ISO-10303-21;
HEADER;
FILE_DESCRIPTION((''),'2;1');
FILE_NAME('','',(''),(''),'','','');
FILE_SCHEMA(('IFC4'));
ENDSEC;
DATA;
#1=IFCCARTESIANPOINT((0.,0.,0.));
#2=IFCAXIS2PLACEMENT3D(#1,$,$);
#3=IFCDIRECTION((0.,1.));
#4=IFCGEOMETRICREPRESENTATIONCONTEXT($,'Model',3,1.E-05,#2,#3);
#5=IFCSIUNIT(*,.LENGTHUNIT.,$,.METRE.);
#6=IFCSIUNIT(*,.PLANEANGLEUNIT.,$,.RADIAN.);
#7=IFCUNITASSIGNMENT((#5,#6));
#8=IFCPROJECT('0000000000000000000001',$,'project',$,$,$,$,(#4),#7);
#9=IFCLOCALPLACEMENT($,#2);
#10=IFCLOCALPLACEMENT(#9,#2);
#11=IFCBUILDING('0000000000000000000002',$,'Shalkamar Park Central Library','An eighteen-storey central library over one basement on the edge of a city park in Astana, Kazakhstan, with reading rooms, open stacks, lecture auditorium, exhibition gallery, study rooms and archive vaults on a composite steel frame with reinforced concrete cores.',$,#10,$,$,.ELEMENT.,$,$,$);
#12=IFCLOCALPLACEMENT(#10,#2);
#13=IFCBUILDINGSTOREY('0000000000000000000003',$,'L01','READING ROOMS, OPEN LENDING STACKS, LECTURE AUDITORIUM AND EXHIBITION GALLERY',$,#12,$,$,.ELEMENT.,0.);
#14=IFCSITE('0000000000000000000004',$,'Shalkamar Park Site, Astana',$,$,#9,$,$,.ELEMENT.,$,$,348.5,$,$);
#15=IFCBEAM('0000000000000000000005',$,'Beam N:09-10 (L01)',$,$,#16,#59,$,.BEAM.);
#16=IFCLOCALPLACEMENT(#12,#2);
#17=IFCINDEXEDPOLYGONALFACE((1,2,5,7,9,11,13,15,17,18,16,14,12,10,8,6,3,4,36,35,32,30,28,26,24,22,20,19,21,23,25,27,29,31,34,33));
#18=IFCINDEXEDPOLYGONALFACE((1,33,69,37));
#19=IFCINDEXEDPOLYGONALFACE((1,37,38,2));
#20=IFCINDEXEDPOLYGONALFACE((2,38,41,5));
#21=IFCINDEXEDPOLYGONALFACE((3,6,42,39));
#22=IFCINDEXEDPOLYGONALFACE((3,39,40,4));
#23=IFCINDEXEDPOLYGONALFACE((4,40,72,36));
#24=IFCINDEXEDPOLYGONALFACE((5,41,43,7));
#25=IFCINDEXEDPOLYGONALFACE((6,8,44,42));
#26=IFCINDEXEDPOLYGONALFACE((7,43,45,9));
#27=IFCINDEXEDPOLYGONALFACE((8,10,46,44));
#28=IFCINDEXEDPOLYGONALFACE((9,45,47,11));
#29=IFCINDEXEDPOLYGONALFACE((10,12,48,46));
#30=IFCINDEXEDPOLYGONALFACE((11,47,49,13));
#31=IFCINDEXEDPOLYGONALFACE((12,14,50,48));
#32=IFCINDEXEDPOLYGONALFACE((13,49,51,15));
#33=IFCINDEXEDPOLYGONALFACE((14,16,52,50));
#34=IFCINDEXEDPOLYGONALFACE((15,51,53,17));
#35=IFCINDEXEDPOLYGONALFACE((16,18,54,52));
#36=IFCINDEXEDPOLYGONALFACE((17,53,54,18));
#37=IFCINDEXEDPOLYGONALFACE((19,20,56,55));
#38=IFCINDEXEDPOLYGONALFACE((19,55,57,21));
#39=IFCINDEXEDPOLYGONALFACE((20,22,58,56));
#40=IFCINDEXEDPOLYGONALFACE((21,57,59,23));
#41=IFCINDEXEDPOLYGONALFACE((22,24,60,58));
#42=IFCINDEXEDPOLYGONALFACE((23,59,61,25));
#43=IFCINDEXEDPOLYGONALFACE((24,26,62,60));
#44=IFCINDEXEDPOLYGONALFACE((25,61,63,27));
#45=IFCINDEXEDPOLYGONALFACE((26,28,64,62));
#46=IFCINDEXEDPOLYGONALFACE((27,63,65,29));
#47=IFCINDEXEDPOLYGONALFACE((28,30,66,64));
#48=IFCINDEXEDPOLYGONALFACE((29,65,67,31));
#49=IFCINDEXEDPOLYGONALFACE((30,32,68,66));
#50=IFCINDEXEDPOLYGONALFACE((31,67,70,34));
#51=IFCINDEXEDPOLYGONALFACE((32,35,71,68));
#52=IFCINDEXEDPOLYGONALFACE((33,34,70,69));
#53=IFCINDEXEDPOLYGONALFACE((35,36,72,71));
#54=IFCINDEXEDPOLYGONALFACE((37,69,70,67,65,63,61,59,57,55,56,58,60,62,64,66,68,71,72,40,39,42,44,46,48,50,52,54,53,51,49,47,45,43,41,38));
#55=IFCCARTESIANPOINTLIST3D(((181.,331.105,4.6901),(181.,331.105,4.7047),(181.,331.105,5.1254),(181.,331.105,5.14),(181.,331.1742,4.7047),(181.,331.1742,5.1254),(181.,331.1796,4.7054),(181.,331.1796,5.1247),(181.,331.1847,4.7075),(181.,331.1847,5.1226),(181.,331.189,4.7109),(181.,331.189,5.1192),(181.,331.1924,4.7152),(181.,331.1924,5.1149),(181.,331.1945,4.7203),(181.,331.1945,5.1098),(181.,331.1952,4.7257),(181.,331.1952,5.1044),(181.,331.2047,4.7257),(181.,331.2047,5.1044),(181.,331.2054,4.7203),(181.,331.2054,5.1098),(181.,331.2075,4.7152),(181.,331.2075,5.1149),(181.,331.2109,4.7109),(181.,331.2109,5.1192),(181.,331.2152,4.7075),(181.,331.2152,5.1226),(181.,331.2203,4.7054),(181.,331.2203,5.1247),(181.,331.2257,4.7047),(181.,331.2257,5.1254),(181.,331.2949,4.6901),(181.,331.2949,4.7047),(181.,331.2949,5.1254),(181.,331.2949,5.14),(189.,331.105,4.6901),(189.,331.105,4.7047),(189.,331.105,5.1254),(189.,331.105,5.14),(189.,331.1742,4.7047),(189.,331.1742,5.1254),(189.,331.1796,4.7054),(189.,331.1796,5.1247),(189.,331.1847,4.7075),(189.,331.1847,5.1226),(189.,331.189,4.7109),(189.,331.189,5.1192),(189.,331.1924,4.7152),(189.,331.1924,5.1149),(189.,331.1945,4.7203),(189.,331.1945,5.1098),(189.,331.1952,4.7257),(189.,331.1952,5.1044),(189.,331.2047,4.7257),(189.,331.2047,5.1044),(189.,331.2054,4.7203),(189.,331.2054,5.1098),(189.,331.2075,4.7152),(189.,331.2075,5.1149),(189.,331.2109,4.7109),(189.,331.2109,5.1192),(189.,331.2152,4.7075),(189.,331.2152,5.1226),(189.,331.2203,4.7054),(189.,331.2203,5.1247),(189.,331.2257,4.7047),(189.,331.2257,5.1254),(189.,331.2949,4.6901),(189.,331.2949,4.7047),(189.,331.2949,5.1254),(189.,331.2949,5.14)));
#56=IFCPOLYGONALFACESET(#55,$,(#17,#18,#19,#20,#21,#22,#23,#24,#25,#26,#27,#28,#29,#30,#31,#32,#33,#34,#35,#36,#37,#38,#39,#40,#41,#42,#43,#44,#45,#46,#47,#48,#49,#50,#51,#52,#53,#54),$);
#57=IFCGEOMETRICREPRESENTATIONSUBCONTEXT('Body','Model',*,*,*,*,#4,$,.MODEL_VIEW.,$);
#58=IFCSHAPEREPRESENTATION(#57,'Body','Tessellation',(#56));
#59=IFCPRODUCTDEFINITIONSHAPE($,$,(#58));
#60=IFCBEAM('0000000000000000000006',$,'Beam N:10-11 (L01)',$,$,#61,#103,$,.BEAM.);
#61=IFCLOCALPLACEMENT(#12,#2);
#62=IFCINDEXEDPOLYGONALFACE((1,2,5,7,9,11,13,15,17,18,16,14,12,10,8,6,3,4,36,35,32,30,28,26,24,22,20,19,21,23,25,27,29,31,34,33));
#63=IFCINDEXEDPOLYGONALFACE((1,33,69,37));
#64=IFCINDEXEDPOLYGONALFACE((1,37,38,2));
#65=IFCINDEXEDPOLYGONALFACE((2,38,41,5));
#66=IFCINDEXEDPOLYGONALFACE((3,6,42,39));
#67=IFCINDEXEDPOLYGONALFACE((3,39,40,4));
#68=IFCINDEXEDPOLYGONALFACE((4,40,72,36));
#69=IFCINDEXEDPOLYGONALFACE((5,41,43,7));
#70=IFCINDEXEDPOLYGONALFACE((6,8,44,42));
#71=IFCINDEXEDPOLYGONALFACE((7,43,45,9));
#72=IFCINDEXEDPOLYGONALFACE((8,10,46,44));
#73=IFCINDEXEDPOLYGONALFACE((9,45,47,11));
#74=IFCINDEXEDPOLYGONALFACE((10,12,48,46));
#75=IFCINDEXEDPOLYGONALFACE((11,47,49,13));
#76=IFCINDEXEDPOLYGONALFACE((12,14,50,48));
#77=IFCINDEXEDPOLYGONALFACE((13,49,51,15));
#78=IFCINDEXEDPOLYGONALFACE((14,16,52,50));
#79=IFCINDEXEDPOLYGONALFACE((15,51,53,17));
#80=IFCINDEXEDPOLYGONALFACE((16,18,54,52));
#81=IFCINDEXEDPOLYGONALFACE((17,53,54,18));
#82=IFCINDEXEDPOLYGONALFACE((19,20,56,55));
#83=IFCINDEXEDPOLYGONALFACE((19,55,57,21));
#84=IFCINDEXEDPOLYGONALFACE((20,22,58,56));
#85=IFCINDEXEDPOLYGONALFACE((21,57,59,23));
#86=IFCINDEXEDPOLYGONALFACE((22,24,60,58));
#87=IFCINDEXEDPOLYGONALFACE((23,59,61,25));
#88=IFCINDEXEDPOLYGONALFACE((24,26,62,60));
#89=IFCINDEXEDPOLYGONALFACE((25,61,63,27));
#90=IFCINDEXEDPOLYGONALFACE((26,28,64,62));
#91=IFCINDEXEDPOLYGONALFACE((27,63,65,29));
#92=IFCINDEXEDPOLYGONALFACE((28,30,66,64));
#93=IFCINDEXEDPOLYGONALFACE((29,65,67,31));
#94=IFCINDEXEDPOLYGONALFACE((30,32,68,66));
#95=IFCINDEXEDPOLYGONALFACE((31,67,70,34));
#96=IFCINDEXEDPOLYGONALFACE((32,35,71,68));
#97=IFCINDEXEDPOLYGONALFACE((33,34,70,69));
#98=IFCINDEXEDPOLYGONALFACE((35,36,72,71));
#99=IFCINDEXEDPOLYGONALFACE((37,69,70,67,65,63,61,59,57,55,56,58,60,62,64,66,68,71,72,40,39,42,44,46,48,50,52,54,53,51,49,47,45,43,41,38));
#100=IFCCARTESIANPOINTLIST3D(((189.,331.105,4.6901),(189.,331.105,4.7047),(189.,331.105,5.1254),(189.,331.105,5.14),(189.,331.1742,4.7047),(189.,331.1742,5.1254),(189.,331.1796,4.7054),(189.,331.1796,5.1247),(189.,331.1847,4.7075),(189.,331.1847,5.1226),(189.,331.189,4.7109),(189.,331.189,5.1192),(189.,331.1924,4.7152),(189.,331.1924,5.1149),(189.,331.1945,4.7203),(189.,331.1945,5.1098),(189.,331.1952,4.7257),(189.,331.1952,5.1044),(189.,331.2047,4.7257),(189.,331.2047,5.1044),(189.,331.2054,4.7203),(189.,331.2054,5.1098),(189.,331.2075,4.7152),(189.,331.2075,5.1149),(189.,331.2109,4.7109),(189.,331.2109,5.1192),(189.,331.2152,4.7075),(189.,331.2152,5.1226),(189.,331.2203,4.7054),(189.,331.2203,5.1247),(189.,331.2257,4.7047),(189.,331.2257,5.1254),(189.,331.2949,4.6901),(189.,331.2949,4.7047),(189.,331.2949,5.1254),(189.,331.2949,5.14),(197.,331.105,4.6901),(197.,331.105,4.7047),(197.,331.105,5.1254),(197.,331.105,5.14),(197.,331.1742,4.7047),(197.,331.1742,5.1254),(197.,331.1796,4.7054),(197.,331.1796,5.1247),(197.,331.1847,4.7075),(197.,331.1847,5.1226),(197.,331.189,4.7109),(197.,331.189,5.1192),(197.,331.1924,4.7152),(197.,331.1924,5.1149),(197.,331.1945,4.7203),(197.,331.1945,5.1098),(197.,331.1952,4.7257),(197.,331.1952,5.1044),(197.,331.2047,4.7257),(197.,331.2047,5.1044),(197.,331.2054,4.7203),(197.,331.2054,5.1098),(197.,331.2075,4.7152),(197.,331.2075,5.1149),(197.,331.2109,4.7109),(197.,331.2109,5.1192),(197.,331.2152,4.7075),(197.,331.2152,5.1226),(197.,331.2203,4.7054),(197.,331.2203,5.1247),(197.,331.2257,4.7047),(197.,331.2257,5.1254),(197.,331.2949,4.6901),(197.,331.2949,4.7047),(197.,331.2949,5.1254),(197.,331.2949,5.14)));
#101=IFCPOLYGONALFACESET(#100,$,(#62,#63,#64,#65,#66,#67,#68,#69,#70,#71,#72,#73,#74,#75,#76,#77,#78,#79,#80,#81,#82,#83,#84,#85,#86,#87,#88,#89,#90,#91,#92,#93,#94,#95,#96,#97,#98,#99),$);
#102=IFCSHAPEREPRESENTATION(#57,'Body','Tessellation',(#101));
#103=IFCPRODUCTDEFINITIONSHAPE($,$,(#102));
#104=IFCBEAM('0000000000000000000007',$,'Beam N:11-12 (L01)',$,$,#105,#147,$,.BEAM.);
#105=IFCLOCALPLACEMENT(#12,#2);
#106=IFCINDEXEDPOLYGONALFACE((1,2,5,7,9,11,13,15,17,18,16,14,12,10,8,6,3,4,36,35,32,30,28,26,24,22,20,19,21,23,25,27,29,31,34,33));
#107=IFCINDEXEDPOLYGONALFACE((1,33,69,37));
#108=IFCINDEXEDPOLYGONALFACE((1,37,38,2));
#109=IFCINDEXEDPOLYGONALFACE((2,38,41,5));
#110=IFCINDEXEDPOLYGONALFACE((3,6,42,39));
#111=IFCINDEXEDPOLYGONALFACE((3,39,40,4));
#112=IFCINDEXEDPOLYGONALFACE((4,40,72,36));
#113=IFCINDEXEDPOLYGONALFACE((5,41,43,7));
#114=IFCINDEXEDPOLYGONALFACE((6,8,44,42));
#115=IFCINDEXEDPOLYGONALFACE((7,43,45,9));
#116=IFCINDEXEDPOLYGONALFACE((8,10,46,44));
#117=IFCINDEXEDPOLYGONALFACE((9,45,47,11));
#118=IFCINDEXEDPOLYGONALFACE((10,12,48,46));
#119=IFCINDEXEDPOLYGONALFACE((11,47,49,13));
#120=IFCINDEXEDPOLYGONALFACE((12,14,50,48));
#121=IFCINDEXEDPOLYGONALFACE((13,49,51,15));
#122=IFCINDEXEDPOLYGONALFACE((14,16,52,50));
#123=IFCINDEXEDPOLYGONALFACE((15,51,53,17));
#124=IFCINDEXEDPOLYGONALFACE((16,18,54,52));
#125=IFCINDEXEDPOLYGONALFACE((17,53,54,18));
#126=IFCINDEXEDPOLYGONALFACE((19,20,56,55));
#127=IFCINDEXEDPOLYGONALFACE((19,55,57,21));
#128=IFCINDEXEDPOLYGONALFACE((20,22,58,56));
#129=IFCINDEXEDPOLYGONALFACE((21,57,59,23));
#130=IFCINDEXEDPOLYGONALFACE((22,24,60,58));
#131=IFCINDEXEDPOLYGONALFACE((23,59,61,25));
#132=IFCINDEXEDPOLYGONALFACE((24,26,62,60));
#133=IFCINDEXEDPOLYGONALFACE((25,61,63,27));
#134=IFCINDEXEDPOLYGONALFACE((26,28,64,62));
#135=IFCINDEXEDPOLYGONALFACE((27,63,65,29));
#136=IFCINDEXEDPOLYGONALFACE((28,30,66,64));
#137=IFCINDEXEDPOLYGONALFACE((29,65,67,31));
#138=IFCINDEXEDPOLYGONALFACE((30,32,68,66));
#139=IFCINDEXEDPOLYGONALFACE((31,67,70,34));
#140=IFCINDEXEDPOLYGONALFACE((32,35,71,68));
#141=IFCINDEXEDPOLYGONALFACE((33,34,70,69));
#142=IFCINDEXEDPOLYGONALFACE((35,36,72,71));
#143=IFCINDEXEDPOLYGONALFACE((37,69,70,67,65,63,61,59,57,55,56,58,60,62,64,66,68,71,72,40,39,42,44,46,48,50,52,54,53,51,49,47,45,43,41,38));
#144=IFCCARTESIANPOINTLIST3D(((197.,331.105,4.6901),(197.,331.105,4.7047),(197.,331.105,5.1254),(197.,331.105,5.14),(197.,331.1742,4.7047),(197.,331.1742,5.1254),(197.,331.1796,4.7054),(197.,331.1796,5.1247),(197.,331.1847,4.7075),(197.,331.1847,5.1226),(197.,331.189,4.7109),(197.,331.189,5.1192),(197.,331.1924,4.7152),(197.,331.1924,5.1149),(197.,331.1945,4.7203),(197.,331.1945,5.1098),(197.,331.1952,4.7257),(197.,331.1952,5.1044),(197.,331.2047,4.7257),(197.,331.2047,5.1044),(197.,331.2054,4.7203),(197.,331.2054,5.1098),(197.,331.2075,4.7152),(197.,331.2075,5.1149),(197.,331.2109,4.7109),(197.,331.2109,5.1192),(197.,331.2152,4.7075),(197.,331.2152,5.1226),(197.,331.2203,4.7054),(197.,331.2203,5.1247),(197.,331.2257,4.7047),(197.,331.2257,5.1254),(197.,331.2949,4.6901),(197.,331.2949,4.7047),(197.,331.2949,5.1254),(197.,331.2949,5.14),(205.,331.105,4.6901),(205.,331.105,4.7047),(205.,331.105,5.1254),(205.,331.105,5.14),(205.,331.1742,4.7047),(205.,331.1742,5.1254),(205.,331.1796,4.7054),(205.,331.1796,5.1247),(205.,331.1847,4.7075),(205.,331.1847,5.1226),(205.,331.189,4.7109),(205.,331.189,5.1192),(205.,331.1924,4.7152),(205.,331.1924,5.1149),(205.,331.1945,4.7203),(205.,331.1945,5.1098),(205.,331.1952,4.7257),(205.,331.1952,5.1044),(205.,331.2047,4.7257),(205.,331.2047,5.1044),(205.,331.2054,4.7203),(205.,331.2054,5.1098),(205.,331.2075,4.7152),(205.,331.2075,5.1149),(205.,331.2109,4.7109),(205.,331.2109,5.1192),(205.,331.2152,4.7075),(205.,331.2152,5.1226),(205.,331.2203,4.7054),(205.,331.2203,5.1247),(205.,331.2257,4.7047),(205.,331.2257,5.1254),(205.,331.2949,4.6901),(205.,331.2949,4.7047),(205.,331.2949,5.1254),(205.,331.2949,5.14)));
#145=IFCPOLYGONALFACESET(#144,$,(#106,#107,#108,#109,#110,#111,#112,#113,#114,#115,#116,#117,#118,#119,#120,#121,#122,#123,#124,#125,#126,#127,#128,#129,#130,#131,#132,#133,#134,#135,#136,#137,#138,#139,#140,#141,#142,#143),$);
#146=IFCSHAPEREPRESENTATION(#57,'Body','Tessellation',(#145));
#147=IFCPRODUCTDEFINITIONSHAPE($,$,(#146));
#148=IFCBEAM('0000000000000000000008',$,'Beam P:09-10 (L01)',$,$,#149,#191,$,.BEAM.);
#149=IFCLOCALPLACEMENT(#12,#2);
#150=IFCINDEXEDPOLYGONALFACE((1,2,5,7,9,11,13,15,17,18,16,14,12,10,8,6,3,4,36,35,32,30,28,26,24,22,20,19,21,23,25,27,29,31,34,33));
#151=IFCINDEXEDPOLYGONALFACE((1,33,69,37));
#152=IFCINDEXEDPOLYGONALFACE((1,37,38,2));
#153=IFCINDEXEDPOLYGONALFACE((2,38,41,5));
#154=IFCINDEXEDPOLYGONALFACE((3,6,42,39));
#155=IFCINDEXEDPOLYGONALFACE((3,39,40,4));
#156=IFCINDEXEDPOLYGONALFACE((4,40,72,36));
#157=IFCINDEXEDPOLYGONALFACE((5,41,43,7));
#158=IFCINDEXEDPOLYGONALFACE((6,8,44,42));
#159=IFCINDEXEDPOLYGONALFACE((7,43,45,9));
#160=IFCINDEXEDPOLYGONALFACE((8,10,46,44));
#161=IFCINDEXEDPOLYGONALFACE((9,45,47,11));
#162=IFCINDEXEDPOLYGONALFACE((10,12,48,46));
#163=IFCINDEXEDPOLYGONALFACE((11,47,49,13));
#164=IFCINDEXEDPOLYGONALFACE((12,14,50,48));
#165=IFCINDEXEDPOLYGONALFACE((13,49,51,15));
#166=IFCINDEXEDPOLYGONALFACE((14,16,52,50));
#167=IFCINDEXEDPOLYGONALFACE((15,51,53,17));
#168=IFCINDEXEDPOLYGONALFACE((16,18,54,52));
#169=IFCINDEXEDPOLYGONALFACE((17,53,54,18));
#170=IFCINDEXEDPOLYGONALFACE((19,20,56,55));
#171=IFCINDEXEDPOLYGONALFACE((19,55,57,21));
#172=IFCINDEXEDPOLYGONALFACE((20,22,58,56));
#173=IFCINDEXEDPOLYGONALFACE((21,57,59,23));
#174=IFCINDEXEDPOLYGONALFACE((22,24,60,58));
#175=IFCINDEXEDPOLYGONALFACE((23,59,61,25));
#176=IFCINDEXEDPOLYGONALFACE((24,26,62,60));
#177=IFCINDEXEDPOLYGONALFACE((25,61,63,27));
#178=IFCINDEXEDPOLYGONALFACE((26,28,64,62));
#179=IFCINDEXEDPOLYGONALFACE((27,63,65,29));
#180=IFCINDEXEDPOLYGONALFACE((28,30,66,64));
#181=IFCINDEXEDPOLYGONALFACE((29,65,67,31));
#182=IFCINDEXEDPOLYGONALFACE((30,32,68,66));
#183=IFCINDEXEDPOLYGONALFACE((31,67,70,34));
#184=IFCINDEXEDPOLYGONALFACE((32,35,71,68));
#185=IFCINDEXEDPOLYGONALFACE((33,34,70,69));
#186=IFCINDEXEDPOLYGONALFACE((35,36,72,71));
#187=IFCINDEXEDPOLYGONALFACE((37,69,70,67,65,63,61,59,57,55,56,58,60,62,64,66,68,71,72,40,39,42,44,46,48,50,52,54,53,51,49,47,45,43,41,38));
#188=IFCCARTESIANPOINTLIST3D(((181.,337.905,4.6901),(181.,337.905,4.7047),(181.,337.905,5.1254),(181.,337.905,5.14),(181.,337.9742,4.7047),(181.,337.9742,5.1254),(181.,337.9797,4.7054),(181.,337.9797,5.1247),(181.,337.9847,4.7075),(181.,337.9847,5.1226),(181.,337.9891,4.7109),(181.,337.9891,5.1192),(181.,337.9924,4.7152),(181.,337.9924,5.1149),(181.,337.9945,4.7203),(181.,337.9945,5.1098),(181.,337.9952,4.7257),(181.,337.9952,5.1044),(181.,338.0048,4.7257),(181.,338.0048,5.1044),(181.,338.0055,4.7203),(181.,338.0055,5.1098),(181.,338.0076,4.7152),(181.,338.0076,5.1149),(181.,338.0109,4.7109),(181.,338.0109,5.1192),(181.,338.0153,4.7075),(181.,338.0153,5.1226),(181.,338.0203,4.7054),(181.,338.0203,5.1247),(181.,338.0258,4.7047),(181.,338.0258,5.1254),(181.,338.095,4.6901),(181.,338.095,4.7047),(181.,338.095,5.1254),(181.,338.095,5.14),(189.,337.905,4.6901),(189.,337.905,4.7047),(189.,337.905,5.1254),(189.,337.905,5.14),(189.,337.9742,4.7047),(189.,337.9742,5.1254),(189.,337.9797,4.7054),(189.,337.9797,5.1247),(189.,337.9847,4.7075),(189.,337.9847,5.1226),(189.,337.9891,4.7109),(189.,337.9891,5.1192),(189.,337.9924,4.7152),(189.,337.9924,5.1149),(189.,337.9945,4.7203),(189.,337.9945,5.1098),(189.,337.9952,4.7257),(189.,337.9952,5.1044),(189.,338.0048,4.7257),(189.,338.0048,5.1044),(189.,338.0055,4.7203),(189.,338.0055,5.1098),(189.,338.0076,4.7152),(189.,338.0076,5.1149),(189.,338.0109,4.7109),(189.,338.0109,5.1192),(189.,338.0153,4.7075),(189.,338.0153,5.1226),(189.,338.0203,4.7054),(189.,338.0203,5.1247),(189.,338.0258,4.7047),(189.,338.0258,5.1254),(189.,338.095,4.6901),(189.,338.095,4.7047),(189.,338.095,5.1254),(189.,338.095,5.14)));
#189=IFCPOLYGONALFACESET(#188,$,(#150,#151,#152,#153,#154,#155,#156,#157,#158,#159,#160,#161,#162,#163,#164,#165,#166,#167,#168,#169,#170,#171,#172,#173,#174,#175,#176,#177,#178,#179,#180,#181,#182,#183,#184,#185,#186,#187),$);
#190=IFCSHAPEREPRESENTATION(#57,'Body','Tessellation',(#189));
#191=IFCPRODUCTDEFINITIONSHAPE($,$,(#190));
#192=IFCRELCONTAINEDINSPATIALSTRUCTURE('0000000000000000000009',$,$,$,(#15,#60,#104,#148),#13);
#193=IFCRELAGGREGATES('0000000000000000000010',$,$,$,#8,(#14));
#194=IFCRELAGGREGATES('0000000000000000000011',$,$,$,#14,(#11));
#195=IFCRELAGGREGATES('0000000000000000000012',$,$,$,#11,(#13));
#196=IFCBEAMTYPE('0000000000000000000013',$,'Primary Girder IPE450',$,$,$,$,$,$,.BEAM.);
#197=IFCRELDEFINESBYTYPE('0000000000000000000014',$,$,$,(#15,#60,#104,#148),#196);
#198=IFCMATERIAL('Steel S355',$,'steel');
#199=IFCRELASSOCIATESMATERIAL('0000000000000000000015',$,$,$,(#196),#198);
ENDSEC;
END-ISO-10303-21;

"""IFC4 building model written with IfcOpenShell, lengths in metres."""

from ifc_helpers import new_model, si_unit, direction, frame, origin, origin_2d, place, context, subcontext, project, spatial, i_section, extrude, material, material_profile, profile_set, type_object, element, save


model = new_model("IFC4")

# Units and contexts
model_context = context("Model", 3, precision=1e-05, world=origin(), true_north=direction((0.0, 1.0)))
body_context = subcontext(model_context, "Body", "Model", "MODEL_VIEW")
ifc_project = project(units=[si_unit("LENGTHUNIT", "METRE"), si_unit("PLANEANGLEUNIT", "RADIAN")], contexts=[model_context])

# Site, building, storey
site_placement = place(None, origin())
site = spatial("IfcSite", under=ifc_project, at=site_placement, Name="Shalkamar Park Site, Astana", CompositionType="ELEMENT", RefElevation=348.5)
building_placement = place(site_placement, origin())
building = spatial("IfcBuilding", under=site, at=building_placement, Name="Shalkamar Park Central Library", Description="An eighteen-storey central library over one basement on the edge of a city park in Astana, Kazakhstan, with reading rooms, open stacks, lecture auditorium, exhibition gallery, study rooms and archive vaults on a composite steel frame with reinforced concrete cores.", CompositionType="ELEMENT")
storey_placement = place(building_placement, origin())
storey = spatial("IfcBuildingStorey", under=building, at=storey_placement, Name="L01", Description="READING ROOMS, OPEN LENDING STACKS, LECTURE AUDITORIUM AND EXHIBITION GALLERY", CompositionType="ELEMENT", Elevation=0.0)

# Shared definitions
ifc_material_1 = material(Name="Steel S355", Category="steel")

# Beams
ifc_material_profile_1 = material_profile(ifc_material_1, i_section(OverallWidth=0.1899, OverallDepth=0.45, WebThickness=0.0095, FlangeThickness=0.0146, FilletRadius=0.021, at=origin_2d()), Name="IPE 450")
ifc_profile_set_1 = profile_set([ifc_material_profile_1], Name="Steel S355")
beam_type_1 = type_object("IfcBeamType", Name="Primary Girder IPE450", PredefinedType="BEAM", material=ifc_profile_set_1)
for number, where, z_axis, x_axis, name in (
    (1, (181.0, 331.2, 4.915), (1.0, 0.0, 0.0), (0.0, 1.0, 0.0), "Beam N:09-10 (L01)"),
    (2, (189.0, 331.2, 4.915), (1.0, 0.0, 0.0), (0.0, 1.0, 0.0), "Beam N:10-11 (L01)"),
    (3, (197.0, 331.2, 4.915), (1.0, 0.0, 0.0), (0.0, 1.0, 0.0), "Beam N:11-12 (L01)"),
    (4, (181.0, 338.0, 4.915), (1.0, 0.0, 0.0), (0.0, 1.0, 0.0), "Beam P:09-10 (L01)"),
):
    element("IfcBeam", number, at=place(storey_placement, frame(where, z_axis=z_axis, x_axis=x_axis)), inside=storey, type_object=beam_type_1, Name=name, PredefinedType="BEAM", context=body_context, shape_type="SweptSolid", body=[
        extrude(i_section(OverallWidth=0.1899, OverallDepth=0.45, WebThickness=0.0095, FlangeThickness=0.0146, FilletRadius=0.021, at=origin_2d()), origin(), (0.0, 0.0, 1.0), 8.0),
    ])

save(model, "model.ifc")
